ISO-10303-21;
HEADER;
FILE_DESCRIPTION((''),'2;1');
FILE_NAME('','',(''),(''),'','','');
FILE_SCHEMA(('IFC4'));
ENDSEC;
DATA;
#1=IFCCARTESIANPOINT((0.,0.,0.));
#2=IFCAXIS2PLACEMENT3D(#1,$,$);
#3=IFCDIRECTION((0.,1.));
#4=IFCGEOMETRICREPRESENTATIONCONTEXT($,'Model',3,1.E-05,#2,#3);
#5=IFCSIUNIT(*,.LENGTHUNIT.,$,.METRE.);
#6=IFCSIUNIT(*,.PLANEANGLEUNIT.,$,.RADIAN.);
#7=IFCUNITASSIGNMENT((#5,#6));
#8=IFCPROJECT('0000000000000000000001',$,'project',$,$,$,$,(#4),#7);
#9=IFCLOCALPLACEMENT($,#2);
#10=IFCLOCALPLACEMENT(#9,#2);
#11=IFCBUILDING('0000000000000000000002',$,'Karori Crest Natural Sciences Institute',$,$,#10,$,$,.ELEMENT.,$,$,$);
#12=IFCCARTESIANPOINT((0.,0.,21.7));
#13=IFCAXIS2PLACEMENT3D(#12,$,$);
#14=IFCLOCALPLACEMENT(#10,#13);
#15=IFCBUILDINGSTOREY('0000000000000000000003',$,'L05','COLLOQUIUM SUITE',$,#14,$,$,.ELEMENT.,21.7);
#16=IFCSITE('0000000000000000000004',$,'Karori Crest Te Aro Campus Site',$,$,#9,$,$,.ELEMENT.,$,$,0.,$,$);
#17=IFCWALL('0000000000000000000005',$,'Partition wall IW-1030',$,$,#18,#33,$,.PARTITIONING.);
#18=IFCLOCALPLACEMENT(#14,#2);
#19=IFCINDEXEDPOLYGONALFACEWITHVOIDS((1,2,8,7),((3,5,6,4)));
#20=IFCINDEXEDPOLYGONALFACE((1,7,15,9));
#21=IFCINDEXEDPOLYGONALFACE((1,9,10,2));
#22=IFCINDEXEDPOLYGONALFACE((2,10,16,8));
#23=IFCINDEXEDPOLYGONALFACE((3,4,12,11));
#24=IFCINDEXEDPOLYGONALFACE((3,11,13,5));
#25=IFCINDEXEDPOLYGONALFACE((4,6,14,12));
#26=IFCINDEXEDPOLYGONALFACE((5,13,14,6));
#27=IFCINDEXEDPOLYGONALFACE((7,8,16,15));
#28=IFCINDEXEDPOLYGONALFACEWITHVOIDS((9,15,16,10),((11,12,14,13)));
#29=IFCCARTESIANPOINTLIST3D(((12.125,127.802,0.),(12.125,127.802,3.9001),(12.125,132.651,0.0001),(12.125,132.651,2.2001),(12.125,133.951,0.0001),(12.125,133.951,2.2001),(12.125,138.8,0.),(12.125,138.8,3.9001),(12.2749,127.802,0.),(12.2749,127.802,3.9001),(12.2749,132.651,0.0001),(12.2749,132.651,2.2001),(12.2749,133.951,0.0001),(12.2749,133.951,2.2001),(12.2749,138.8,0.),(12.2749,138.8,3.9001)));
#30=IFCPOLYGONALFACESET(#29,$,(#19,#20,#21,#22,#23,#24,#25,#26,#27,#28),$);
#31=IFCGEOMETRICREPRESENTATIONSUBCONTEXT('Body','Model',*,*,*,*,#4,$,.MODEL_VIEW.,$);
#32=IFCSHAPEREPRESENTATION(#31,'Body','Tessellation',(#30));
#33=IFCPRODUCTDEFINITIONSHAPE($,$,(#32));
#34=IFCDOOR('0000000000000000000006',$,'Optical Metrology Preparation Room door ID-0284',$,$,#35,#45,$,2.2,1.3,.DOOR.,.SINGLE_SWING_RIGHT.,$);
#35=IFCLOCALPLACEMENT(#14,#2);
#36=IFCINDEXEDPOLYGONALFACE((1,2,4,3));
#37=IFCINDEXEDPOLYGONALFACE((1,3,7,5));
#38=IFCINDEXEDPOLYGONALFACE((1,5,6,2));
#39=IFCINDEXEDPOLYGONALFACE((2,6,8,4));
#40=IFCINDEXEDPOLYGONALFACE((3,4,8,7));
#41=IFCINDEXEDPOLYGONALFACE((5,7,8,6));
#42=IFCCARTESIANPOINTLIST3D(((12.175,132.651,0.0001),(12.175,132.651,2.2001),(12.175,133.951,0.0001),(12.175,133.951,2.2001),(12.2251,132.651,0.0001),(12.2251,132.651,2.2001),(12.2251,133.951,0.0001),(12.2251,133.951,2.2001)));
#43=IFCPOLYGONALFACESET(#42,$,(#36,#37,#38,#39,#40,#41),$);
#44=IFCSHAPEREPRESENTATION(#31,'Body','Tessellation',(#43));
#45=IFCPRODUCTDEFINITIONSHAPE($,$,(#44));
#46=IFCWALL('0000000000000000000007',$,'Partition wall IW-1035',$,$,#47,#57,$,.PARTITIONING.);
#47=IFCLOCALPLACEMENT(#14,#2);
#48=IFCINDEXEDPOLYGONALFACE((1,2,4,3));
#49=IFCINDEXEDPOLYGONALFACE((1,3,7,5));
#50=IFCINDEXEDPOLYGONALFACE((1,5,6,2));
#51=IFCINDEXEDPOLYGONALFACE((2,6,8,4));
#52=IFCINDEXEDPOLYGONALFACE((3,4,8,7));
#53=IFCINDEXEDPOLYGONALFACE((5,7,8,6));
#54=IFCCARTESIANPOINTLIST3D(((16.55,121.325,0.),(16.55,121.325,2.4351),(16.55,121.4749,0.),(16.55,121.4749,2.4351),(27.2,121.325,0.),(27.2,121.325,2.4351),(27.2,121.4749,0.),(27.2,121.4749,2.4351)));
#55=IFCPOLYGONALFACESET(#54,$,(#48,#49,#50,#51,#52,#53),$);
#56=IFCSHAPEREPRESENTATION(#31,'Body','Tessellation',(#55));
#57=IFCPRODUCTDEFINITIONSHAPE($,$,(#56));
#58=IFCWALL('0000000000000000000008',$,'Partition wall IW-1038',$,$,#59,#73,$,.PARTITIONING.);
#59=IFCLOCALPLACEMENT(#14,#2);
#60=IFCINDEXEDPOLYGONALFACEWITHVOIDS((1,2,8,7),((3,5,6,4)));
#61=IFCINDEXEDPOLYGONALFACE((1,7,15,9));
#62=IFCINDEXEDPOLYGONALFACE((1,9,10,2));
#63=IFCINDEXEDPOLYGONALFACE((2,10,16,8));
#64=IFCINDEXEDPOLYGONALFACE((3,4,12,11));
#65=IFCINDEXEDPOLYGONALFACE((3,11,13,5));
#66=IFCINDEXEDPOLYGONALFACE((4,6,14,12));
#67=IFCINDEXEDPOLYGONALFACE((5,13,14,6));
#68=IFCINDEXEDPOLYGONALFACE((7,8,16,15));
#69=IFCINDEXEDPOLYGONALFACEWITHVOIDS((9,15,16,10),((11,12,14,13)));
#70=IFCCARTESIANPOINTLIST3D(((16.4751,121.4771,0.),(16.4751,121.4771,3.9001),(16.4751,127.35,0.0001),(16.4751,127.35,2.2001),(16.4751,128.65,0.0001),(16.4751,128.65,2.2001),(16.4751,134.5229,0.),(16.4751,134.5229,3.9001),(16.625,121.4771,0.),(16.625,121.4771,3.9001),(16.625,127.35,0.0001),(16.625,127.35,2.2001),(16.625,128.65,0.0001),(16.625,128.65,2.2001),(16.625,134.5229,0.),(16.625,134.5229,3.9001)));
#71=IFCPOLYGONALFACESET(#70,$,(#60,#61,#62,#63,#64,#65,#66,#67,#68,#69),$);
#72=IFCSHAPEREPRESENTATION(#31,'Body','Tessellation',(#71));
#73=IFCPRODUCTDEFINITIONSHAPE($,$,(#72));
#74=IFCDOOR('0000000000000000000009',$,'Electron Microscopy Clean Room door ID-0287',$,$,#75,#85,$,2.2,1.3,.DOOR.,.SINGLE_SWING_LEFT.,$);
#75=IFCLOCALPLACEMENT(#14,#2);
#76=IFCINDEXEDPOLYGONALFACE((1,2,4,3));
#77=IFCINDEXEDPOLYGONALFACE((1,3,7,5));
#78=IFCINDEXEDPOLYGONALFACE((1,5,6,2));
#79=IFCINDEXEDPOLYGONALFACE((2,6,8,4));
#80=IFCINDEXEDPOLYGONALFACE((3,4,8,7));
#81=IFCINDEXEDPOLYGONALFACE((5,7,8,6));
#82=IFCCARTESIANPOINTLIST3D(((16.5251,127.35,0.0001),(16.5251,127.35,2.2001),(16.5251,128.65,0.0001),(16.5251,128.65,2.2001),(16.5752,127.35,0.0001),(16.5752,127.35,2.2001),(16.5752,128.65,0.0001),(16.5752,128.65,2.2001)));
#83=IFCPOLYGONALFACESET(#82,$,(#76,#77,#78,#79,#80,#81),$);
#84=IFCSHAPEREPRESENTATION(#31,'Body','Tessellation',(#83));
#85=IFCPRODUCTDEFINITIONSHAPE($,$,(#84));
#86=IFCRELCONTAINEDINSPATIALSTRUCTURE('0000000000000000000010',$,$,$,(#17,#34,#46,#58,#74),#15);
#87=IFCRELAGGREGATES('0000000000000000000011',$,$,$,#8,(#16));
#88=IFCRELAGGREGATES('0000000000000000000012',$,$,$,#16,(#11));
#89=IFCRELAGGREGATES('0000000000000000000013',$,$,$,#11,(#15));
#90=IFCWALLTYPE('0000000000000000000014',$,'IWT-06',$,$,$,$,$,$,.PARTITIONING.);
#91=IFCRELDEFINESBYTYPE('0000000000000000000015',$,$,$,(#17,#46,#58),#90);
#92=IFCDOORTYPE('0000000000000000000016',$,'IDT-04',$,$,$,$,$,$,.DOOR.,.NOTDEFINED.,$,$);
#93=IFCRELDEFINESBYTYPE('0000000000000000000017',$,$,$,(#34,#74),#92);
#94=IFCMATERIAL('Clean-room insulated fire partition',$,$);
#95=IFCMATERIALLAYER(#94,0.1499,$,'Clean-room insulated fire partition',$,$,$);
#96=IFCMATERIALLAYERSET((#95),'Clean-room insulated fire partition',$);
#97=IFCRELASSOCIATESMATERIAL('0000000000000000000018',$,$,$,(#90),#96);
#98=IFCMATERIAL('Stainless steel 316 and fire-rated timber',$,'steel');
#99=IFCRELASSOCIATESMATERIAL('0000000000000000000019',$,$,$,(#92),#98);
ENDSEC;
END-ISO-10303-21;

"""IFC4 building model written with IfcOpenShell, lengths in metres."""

from ifc_helpers import new_model, si_unit, direction, frame, frame_2d, origin, place, context, subcontext, project, spatial, rectangle, extrude, material, layer, layer_set, type_object, element, fill, save


model = new_model("IFC4")

# Units and contexts
model_context = context("Model", 3, precision=1e-05, world=origin(), true_north=direction((0.0, 1.0)))
body_context = subcontext(model_context, "Body", "Model", "MODEL_VIEW")
ifc_project = project(units=[si_unit("LENGTHUNIT", "METRE"), si_unit("PLANEANGLEUNIT", "RADIAN")], contexts=[model_context])

# Site, building, storey
site_placement = place(None, origin())
site = spatial("IfcSite", under=ifc_project, at=site_placement, Name="Karori Crest Te Aro Campus Site", CompositionType="ELEMENT", RefElevation=0.0)
building_placement = place(site_placement, origin())
building = spatial("IfcBuilding", under=site, at=building_placement, Name="Karori Crest Natural Sciences Institute", CompositionType="ELEMENT")
storey_placement = place(building_placement, frame((0.0, 0.0, 21.7)))
storey = spatial("IfcBuildingStorey", under=building, at=storey_placement, Name="L05", Description="COLLOQUIUM SUITE", CompositionType="ELEMENT", Elevation=21.7)

# Shared definitions
ifc_material_1 = material(Name="Clean-room insulated fire partition")
ifc_layer_1 = layer(ifc_material_1, 0.1499, Name="Clean-room insulated fire partition")
ifc_layer_set_1 = layer_set([ifc_layer_1], Name="Clean-room insulated fire partition")
wall_type = type_object("IfcWallType", Name="IWT-06", PredefinedType="PARTITIONING", material=ifc_layer_set_1)

# Wall, opening, door
wall_1_placement = place(storey_placement, frame((12.2, 127.802, 0.0), z_axis=(0.0, 0.0, 1.0), x_axis=(0.0, 1.0, 0.0)))
wall_1 = element("IfcWall", 1, at=wall_1_placement, inside=storey, type_object=wall_type, Name="Partition wall IW-1030", PredefinedType="PARTITIONING", context=body_context, shape_type="SweptSolid", body=[
    extrude(rectangle(XDim=10.998, YDim=0.1499, at=frame_2d((5.499, 0.0))), origin(), (0.0, 0.0, 1.0), 3.9001),
])
opening_1_placement = place(wall_1_placement, frame((4.8491, 0.0, 0.0)))
opening_1 = element("IfcOpeningElement", 2, at=opening_1_placement, cuts=wall_1, PredefinedType="OPENING", context=body_context, shape_type="SweptSolid", body=[
    extrude(rectangle(XDim=1.3, YDim=2.2, at=frame_2d((0.6499, 1.1001))), frame((0.0, 0.085, 0.0), z_axis=(0.0, -1.0, 0.0), x_axis=(1.0, 0.0, 0.0)), (0.0, 0.0, 1.0), 0.1699),
])
ifc_material_2 = material(Name="Stainless steel 316 and fire-rated timber", Category="steel")
door_type = type_object("IfcDoorType", Name="IDT-04", OperationType="NOTDEFINED", PredefinedType="DOOR", material=ifc_material_2)
door_1_placement = place(opening_1_placement, origin())
door_1 = element("IfcDoor", 3, at=door_1_placement, inside=storey, type_object=door_type, Name="Optical Metrology Preparation Room door ID-0284", OperationType="SINGLE_SWING_RIGHT", OverallHeight=2.2, OverallWidth=1.3, PredefinedType="DOOR", context=body_context, shape_type="SweptSolid", body=[
    extrude(rectangle(XDim=1.3, YDim=2.2, at=frame_2d((0.6499, 1.1001))), frame((0.0, 0.0249, 0.0), z_axis=(0.0, -1.0, 0.0), x_axis=(1.0, 0.0, 0.0)), (0.0, 0.0, 1.0), 0.05),
])
fill(opening_1, door_1)

# Wall
wall_2_placement = place(storey_placement, frame((16.55, 121.3999, 0.0), z_axis=(0.0, 0.0, 1.0), x_axis=(1.0, 0.0, 0.0)))
element("IfcWall", 4, at=wall_2_placement, inside=storey, type_object=wall_type, Name="Partition wall IW-1035", PredefinedType="PARTITIONING", context=body_context, shape_type="SweptSolid", body=[
    extrude(rectangle(XDim=10.6499, YDim=0.1499, at=frame_2d((5.325, 0.0))), origin(), (0.0, 0.0, 1.0), 2.4351),
])

# Wall, opening, door
wall_3_placement = place(storey_placement, frame((16.55, 121.4771, 0.0), z_axis=(0.0, 0.0, 1.0), x_axis=(0.0, 1.0, 0.0)))
wall_3 = element("IfcWall", 5, at=wall_3_placement, inside=storey, type_object=wall_type, Name="Partition wall IW-1038", PredefinedType="PARTITIONING", context=body_context, shape_type="SweptSolid", body=[
    extrude(rectangle(XDim=13.0459, YDim=0.1499, at=frame_2d((6.5229, 0.0))), origin(), (0.0, 0.0, 1.0), 3.9001),
])
opening_2_placement = place(wall_3_placement, frame((5.873, 0.0, 0.0)))
opening_2 = element("IfcOpeningElement", 6, at=opening_2_placement, cuts=wall_3, PredefinedType="OPENING", context=body_context, shape_type="SweptSolid", body=[
    extrude(rectangle(XDim=1.3, YDim=2.2, at=frame_2d((0.6499, 1.1001))), frame((0.0, 0.085, 0.0), z_axis=(0.0, -1.0, 0.0), x_axis=(1.0, 0.0, 0.0)), (0.0, 0.0, 1.0), 0.1699),
])
door_2_placement = place(opening_2_placement, origin())
door_2 = element("IfcDoor", 7, at=door_2_placement, inside=storey, type_object=door_type, Name="Electron Microscopy Clean Room door ID-0287", OperationType="SINGLE_SWING_LEFT", OverallHeight=2.2, OverallWidth=1.3, PredefinedType="DOOR", context=body_context, shape_type="SweptSolid", body=[
    extrude(rectangle(XDim=1.3, YDim=2.2, at=frame_2d((0.6499, 1.1001))), frame((0.0, 0.0249, 0.0), z_axis=(0.0, -1.0, 0.0), x_axis=(1.0, 0.0, 0.0)), (0.0, 0.0, 1.0), 0.05),
])
fill(opening_2, door_2)

save(model, "model.ifc")
